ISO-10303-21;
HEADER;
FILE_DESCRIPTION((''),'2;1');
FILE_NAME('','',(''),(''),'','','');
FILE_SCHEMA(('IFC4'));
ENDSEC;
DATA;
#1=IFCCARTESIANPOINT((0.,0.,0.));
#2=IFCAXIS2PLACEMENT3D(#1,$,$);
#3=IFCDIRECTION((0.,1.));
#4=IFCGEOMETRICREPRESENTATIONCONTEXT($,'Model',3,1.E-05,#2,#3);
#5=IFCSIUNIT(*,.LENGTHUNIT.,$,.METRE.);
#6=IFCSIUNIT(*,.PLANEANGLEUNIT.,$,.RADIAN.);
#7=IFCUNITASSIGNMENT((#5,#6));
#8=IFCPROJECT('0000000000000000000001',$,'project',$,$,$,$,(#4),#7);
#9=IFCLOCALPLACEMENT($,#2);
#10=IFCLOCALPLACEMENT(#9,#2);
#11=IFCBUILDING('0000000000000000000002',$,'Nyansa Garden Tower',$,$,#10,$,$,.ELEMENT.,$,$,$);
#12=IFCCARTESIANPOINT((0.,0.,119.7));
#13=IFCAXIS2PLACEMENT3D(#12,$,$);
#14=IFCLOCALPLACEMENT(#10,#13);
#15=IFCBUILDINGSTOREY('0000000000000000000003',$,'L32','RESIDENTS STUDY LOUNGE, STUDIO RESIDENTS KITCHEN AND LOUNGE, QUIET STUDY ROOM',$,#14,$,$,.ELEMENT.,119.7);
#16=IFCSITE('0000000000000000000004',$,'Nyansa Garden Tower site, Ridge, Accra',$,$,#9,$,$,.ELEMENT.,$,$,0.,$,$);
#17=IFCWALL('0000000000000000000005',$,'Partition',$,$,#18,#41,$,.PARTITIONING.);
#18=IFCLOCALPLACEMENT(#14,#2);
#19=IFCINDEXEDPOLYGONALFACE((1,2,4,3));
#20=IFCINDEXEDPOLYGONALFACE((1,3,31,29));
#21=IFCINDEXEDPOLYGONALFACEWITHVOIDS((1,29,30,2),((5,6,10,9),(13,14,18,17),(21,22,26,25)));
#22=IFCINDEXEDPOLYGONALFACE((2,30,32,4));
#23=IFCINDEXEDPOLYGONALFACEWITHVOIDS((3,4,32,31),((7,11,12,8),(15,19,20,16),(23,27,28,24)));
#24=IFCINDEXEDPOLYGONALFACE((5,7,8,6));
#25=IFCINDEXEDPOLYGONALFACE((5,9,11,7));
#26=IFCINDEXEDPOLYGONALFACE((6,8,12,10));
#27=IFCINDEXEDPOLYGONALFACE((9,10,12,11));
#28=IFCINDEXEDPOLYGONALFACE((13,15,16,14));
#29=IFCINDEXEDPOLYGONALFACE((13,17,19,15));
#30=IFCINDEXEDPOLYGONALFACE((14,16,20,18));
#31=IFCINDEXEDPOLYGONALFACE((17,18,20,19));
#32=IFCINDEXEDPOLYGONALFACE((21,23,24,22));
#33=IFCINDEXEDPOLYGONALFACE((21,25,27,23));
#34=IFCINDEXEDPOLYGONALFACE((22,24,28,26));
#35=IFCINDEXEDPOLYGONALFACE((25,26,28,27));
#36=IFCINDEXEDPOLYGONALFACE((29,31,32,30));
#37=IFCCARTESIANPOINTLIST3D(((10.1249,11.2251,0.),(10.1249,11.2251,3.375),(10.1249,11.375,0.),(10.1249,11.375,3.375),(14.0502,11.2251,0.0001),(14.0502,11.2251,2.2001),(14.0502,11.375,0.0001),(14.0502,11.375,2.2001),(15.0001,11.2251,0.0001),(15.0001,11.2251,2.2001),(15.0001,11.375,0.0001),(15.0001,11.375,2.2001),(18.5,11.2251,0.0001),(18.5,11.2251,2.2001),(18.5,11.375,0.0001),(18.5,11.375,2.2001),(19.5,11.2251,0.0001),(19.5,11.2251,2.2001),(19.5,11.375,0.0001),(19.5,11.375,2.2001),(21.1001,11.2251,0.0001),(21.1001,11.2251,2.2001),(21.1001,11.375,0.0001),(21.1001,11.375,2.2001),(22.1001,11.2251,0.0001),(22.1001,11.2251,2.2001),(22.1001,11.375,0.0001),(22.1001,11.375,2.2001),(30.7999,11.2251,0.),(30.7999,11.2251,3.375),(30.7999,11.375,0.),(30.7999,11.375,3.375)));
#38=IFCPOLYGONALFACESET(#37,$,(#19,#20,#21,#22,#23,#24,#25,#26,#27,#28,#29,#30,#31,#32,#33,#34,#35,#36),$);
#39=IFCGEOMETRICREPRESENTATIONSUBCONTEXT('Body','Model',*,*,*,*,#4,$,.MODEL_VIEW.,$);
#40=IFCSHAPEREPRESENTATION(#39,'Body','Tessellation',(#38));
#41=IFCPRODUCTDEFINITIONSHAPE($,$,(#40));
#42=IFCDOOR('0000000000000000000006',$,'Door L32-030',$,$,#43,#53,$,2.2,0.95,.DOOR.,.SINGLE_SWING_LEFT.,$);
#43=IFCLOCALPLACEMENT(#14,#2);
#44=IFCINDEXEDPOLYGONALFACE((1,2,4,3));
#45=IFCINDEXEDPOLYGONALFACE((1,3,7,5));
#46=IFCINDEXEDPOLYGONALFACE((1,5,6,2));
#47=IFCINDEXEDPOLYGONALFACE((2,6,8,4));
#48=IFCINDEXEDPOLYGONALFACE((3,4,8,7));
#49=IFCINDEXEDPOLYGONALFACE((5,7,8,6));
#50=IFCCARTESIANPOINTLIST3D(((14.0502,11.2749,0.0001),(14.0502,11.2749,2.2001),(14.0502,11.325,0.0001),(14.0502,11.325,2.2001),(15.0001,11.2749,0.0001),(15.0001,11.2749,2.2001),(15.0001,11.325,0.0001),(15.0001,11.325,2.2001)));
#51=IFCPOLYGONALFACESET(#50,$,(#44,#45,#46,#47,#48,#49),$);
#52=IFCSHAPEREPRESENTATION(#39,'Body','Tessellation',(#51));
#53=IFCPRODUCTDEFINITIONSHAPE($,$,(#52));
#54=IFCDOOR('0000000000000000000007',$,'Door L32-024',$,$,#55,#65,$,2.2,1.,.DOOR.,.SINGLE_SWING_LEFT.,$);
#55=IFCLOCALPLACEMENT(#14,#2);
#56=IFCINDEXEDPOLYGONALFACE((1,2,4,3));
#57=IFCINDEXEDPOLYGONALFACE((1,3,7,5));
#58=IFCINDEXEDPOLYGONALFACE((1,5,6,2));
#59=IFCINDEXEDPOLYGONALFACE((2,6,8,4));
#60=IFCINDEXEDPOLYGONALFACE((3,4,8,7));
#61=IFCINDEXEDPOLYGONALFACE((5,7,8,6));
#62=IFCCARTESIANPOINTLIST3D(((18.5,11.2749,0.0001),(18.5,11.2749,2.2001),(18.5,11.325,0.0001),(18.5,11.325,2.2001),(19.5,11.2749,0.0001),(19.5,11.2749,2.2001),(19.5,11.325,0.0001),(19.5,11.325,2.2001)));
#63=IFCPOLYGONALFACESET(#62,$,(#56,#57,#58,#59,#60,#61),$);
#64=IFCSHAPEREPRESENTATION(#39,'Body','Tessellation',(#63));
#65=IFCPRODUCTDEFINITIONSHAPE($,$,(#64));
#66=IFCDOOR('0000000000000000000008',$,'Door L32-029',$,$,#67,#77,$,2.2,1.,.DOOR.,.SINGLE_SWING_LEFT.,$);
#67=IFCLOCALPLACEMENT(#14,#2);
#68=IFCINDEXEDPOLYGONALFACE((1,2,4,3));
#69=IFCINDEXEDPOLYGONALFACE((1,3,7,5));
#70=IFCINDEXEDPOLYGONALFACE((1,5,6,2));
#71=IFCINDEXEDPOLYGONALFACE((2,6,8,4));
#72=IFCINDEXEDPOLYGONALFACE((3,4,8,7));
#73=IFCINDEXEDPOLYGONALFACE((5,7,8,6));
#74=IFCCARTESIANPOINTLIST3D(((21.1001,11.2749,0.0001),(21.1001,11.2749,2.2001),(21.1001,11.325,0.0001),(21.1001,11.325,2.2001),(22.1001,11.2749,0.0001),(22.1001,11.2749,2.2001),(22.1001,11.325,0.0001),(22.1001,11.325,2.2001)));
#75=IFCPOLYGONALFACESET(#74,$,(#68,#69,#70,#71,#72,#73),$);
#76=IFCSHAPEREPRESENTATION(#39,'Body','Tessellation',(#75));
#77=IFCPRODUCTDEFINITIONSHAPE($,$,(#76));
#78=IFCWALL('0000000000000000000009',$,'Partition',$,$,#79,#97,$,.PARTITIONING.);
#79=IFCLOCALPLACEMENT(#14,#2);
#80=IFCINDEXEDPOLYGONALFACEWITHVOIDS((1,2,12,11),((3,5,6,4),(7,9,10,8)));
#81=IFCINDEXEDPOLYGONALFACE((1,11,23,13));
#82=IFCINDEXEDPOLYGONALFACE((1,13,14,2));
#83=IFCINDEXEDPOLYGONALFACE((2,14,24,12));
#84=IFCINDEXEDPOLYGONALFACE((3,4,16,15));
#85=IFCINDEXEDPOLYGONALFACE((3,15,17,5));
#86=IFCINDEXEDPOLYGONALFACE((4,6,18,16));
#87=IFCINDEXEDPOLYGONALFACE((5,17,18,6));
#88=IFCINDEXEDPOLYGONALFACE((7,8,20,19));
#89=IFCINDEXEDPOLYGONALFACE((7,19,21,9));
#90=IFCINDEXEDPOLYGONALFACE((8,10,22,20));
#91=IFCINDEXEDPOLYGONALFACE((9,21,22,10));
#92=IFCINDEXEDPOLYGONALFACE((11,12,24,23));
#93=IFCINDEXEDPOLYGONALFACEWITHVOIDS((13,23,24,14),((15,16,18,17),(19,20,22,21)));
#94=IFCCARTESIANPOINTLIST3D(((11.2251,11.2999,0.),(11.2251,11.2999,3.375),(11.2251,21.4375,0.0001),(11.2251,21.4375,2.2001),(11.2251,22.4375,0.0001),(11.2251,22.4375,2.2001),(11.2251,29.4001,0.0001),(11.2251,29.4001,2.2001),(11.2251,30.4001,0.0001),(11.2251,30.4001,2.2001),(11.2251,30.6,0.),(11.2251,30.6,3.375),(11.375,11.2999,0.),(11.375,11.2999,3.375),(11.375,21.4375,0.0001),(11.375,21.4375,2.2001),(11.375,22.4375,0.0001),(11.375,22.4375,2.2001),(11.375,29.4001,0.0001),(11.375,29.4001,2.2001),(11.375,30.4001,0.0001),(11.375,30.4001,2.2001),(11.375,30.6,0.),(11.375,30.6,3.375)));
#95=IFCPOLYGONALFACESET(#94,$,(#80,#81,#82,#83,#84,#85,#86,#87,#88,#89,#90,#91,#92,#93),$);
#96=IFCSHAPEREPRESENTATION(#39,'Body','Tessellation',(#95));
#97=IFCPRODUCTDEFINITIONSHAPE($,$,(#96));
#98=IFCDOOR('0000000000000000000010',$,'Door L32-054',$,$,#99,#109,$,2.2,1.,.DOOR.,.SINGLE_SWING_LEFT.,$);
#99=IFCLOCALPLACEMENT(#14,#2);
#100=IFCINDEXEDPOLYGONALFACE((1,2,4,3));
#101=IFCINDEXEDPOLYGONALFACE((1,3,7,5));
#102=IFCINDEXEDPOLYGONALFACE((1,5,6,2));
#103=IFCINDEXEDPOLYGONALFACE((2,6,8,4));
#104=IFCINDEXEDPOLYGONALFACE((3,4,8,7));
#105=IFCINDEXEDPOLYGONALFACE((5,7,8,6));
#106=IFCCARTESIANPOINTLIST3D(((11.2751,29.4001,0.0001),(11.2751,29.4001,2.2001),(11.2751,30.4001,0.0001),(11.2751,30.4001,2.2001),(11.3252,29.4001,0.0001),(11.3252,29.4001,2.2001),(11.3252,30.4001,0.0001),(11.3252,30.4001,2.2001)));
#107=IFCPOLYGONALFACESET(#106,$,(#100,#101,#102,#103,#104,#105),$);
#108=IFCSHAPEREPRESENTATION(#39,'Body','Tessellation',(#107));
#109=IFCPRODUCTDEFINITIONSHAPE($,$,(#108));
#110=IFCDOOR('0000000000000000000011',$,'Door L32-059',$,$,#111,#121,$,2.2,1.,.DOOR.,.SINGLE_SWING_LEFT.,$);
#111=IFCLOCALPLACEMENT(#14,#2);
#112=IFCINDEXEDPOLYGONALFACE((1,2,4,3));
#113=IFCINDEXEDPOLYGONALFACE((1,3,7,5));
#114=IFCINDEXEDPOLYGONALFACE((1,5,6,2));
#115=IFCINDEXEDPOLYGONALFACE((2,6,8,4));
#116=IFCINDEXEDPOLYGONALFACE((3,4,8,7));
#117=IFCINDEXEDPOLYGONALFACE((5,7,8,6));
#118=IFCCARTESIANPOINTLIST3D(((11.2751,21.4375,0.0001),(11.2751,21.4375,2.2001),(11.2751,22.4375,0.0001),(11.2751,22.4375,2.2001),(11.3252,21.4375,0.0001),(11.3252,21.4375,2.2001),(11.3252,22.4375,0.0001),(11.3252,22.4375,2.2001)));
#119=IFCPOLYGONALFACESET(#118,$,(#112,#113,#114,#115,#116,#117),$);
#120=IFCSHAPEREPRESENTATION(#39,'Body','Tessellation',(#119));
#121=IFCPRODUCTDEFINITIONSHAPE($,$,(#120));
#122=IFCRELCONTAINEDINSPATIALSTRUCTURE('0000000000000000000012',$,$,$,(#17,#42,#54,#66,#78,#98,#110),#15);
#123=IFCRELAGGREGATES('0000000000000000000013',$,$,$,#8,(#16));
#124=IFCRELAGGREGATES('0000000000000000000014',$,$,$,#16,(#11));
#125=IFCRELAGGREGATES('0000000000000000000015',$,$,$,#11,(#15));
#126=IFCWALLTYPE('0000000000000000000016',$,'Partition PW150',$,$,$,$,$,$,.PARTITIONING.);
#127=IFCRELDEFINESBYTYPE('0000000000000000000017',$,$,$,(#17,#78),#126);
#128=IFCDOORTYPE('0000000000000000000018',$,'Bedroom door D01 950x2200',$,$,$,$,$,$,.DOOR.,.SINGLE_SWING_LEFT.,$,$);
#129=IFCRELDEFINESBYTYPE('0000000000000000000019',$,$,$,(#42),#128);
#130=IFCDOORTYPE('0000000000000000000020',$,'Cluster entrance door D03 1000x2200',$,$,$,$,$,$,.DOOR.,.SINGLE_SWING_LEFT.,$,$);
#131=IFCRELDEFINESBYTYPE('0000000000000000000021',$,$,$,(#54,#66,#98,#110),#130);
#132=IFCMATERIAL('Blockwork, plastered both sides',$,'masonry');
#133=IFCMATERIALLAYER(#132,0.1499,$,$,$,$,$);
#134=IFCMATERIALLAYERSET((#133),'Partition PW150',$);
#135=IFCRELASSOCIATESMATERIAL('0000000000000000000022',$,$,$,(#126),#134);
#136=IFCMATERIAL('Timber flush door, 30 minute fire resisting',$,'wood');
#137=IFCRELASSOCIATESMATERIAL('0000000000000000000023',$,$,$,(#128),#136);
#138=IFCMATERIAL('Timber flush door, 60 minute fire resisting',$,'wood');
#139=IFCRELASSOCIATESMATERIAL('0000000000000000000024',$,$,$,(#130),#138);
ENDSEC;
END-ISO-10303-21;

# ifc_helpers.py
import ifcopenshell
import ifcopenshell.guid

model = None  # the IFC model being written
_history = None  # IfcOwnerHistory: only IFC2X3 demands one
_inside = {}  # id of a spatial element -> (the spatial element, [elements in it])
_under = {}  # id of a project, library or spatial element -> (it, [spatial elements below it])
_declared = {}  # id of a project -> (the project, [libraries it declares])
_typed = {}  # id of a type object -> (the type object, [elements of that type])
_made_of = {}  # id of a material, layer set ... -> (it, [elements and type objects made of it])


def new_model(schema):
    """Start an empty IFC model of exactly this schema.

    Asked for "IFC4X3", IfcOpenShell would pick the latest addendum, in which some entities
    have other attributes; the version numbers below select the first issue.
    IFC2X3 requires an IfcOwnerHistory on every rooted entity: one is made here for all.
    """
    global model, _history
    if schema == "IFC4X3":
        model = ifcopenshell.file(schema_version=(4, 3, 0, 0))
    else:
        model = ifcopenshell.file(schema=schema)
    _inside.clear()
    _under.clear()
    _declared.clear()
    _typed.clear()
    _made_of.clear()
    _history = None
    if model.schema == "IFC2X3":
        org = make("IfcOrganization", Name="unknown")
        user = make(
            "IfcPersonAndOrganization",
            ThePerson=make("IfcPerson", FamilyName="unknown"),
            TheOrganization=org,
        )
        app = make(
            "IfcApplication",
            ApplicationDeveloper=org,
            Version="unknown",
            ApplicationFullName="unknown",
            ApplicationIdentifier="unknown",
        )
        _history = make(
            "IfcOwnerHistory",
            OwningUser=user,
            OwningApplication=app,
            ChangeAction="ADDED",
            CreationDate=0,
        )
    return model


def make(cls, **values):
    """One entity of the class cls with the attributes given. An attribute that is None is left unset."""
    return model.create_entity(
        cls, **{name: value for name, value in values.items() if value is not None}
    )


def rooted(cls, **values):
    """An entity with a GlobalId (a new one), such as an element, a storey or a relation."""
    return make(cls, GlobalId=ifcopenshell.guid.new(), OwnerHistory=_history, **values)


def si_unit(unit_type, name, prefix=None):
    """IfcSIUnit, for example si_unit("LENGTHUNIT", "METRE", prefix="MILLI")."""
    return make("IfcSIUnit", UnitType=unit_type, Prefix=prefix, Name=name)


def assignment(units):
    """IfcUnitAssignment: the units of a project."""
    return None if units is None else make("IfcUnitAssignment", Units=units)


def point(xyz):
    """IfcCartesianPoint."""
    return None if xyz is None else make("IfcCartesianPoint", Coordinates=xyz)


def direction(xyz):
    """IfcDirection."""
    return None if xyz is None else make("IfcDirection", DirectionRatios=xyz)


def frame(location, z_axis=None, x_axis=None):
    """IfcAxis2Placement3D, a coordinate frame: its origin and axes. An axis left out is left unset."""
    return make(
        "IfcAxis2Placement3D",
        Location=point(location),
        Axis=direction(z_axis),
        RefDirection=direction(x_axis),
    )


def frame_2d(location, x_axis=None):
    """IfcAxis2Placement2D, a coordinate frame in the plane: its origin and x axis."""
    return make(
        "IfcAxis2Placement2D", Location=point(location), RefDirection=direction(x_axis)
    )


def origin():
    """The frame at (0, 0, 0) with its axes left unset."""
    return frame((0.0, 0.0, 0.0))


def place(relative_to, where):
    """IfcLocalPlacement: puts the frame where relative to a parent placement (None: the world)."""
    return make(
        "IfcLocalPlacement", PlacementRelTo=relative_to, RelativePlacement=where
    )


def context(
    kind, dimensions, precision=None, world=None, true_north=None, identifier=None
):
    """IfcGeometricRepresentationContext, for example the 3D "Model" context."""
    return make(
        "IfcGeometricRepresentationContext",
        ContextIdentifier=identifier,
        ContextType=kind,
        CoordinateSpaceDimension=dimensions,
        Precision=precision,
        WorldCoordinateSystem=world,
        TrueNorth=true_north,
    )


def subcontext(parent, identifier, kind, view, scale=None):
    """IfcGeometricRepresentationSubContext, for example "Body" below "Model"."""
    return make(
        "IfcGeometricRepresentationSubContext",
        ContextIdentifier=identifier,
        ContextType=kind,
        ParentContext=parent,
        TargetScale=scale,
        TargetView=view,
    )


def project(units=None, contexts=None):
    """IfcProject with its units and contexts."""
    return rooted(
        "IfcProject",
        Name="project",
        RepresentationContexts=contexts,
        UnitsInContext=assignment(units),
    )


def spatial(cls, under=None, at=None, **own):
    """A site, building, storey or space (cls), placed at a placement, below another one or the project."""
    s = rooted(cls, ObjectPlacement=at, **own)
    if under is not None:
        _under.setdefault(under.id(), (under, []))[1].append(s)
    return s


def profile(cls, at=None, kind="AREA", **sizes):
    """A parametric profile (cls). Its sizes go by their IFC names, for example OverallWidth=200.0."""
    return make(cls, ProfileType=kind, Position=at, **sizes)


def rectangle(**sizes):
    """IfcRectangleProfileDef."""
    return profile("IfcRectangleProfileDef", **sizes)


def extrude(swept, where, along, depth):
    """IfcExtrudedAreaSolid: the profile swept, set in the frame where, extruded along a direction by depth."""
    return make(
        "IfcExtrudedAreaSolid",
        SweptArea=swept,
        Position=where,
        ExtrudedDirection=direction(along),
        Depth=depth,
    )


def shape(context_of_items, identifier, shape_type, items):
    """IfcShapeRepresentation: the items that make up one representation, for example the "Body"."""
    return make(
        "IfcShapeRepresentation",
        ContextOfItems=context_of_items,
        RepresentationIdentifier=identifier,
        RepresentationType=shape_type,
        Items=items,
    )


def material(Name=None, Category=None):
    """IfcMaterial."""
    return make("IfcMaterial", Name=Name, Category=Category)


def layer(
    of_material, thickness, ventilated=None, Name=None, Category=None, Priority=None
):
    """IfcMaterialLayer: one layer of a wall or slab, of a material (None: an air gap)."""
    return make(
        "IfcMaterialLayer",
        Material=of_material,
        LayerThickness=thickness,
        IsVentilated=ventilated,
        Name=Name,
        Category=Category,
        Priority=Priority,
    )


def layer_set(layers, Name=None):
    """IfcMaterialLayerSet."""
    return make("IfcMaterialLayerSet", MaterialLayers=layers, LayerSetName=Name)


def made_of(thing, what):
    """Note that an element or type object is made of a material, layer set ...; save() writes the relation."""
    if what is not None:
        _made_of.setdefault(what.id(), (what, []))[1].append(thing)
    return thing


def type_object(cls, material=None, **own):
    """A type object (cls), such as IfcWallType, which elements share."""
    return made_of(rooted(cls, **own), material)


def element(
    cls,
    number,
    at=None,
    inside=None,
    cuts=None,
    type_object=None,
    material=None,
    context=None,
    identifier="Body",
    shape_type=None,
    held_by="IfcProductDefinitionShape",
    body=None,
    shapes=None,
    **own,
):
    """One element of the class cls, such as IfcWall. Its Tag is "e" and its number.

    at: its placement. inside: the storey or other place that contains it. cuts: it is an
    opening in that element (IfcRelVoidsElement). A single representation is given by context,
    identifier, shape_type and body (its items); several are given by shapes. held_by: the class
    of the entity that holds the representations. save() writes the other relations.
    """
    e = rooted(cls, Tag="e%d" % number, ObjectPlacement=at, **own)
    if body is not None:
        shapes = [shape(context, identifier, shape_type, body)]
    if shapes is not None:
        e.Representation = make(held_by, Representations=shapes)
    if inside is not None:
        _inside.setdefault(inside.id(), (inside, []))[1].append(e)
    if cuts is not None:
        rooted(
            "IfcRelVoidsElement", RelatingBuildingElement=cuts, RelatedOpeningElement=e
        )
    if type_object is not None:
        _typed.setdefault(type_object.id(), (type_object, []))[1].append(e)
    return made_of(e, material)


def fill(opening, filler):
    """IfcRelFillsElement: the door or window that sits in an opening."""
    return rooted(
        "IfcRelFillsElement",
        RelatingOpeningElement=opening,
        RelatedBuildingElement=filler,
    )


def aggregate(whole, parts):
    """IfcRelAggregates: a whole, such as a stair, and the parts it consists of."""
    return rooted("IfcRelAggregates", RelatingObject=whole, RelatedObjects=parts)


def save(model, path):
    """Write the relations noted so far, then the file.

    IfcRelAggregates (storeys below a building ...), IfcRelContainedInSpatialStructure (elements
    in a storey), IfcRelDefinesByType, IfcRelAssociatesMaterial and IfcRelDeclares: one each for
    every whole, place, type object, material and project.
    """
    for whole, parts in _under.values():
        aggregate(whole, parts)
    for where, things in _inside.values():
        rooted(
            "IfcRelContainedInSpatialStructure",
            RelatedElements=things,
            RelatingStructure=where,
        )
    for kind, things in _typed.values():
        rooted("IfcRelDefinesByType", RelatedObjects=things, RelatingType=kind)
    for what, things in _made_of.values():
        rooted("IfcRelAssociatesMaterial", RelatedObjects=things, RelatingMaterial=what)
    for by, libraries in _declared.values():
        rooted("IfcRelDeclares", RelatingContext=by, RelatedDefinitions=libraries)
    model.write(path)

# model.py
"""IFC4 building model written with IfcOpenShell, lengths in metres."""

from ifc_helpers import new_model, si_unit, direction, frame, frame_2d, origin, place, context, subcontext, project, spatial, rectangle, extrude, material, layer, layer_set, type_object, element, fill, save


model = new_model("IFC4")

# Units and contexts
model_context = context("Model", 3, precision=1e-05, world=origin(), true_north=direction((0.0, 1.0)))
body_context = subcontext(model_context, "Body", "Model", "MODEL_VIEW")
ifc_project = project(units=[si_unit("LENGTHUNIT", "METRE"), si_unit("PLANEANGLEUNIT", "RADIAN")], contexts=[model_context])

# Site, building, storey
site_placement = place(None, origin())
site = spatial("IfcSite", under=ifc_project, at=site_placement, Name="Nyansa Garden Tower site, Ridge, Accra", CompositionType="ELEMENT", RefElevation=0.0)
building_placement = place(site_placement, origin())
building = spatial("IfcBuilding", under=site, at=building_placement, Name="Nyansa Garden Tower", CompositionType="ELEMENT")
storey_placement = place(building_placement, frame((0.0, 0.0, 119.7)))
storey = spatial("IfcBuildingStorey", under=building, at=storey_placement, Name="L32", Description="RESIDENTS STUDY LOUNGE, STUDIO RESIDENTS KITCHEN AND LOUNGE, QUIET STUDY ROOM", CompositionType="ELEMENT", Elevation=119.7)

# Shared definitions
ifc_material_1 = material(Name="Blockwork, plastered both sides", Category="masonry")
ifc_layer_1 = layer(ifc_material_1, 0.1499)
ifc_layer_set_1 = layer_set([ifc_layer_1], Name="Partition PW150")
wall_type_1 = type_object("IfcWallType", Name="Partition PW150", PredefinedType="PARTITIONING", material=ifc_layer_set_1)

# Walls, openings, doors
wall_1_placement = place(storey_placement, frame((10.125, 11.3, 0.0), z_axis=(0.0, 0.0, 1.0), x_axis=(1.0, 0.0, 0.0)))
wall_1 = element("IfcWall", 1, at=wall_1_placement, inside=storey, type_object=wall_type_1, Name="Partition", PredefinedType="PARTITIONING", context=body_context, shape_type="SweptSolid", body=[
    extrude(rectangle(XDim=20.675, YDim=0.1499, at=frame_2d((10.3374, 0.0))), origin(), (0.0, 0.0, 1.0), 3.375),
])
opening_1_placement = place(wall_1_placement, frame((8.375, 0.0, 0.0)))
opening_1 = element("IfcOpeningElement", 2, at=opening_1_placement, cuts=wall_1, PredefinedType="OPENING", context=body_context, shape_type="SweptSolid", body=[
    extrude(rectangle(XDim=1.0, YDim=2.2, at=frame_2d((0.5, 1.1001))), frame((0.0, 0.085, 0.0), z_axis=(0.0, -1.0, 0.0), x_axis=(1.0, 0.0, 0.0)), (0.0, 0.0, 1.0), 0.1699),
])
opening_2_placement = place(wall_1_placement, frame((10.9751, 0.0, 0.0)))
opening_2 = element("IfcOpeningElement", 3, at=opening_2_placement, cuts=wall_1, PredefinedType="OPENING", context=body_context, shape_type="SweptSolid", body=[
    extrude(rectangle(XDim=1.0, YDim=2.2, at=frame_2d((0.5, 1.1001))), frame((0.0, 0.085, 0.0), z_axis=(0.0, -1.0, 0.0), x_axis=(1.0, 0.0, 0.0)), (0.0, 0.0, 1.0), 0.1699),
])
opening_3_placement = place(wall_1_placement, frame((3.925, 0.0, 0.0)))
opening_3 = element("IfcOpeningElement", 4, at=opening_3_placement, cuts=wall_1, PredefinedType="OPENING", context=body_context, shape_type="SweptSolid", body=[
    extrude(rectangle(XDim=0.95, YDim=2.2, at=frame_2d((0.4751, 1.1001))), frame((0.0, 0.085, 0.0), z_axis=(0.0, -1.0, 0.0), x_axis=(1.0, 0.0, 0.0)), (0.0, 0.0, 1.0), 0.1699),
])
ifc_material_2 = material(Name="Timber flush door, 30 minute fire resisting", Category="wood")
door_type_1 = type_object("IfcDoorType", Name="Bedroom door D01 950x2200", OperationType="SINGLE_SWING_LEFT", PredefinedType="DOOR", material=ifc_material_2)
door_1_placement = place(opening_3_placement, origin())
door_1 = element("IfcDoor", 5, at=door_1_placement, inside=storey, type_object=door_type_1, Name="Door L32-030", OperationType="SINGLE_SWING_LEFT", OverallHeight=2.2, OverallWidth=0.95, PredefinedType="DOOR", context=body_context, shape_type="SweptSolid", body=[
    extrude(rectangle(XDim=0.95, YDim=2.2, at=frame_2d((0.4751, 1.1001))), frame((0.0, 0.0249, 0.0), z_axis=(0.0, -1.0, 0.0), x_axis=(1.0, 0.0, 0.0)), (0.0, 0.0, 1.0), 0.05),
])
fill(opening_3, door_1)
ifc_material_3 = material(Name="Timber flush door, 60 minute fire resisting", Category="wood")
door_type_2 = type_object("IfcDoorType", Name="Cluster entrance door D03 1000x2200", OperationType="SINGLE_SWING_LEFT", PredefinedType="DOOR", material=ifc_material_3)
door_2_placement = place(opening_1_placement, origin())
door_2 = element("IfcDoor", 6, at=door_2_placement, inside=storey, type_object=door_type_2, Name="Door L32-024", OperationType="SINGLE_SWING_LEFT", OverallHeight=2.2, OverallWidth=1.0, PredefinedType="DOOR", context=body_context, shape_type="SweptSolid", body=[
    extrude(rectangle(XDim=1.0, YDim=2.2, at=frame_2d((0.5, 1.1001))), frame((0.0, 0.0249, 0.0), z_axis=(0.0, -1.0, 0.0), x_axis=(1.0, 0.0, 0.0)), (0.0, 0.0, 1.0), 0.05),
])
fill(opening_1, door_2)
door_3_placement = place(opening_2_placement, origin())
door_3 = element("IfcDoor", 7, at=door_3_placement, inside=storey, type_object=door_type_2, Name="Door L32-029", OperationType="SINGLE_SWING_LEFT", OverallHeight=2.2, OverallWidth=1.0, PredefinedType="DOOR", context=body_context, shape_type="SweptSolid", body=[
    extrude(rectangle(XDim=1.0, YDim=2.2, at=frame_2d((0.5, 1.1001))), frame((0.0, 0.0249, 0.0), z_axis=(0.0, -1.0, 0.0), x_axis=(1.0, 0.0, 0.0)), (0.0, 0.0, 1.0), 0.05),
])
fill(opening_2, door_3)
wall_2_placement = place(storey_placement, frame((11.3, 11.3, 0.0), z_axis=(0.0, 0.0, 1.0), x_axis=(0.0, 1.0, 0.0)))
wall_2 = element("IfcWall", 8, at=wall_2_placement, inside=storey, type_object=wall_type_1, Name="Partition", PredefinedType="PARTITIONING", context=body_context, shape_type="SweptSolid", body=[
    extrude(rectangle(XDim=19.3, YDim=0.1499, at=frame_2d((9.6499, 0.0))), origin(), (0.0, 0.0, 1.0), 3.375),
])
opening_4_placement = place(wall_2_placement, frame((18.1001, 0.0, 0.0)))
opening_4 = element("IfcOpeningElement", 9, at=opening_4_placement, cuts=wall_2, PredefinedType="OPENING", context=body_context, shape_type="SweptSolid", body=[
    extrude(rectangle(XDim=1.0, YDim=2.2, at=frame_2d((0.5, 1.1001))), frame((0.0, 0.085, 0.0), z_axis=(0.0, -1.0, 0.0), x_axis=(1.0, 0.0, 0.0)), (0.0, 0.0, 1.0), 0.1699),
])
opening_5_placement = place(wall_2_placement, frame((10.1375, 0.0, 0.0)))
opening_5 = element("IfcOpeningElement", 10, at=opening_5_placement, cuts=wall_2, PredefinedType="OPENING", context=body_context, shape_type="SweptSolid", body=[
    extrude(rectangle(XDim=1.0, YDim=2.2, at=frame_2d((0.5, 1.1001))), frame((0.0, 0.085, 0.0), z_axis=(0.0, -1.0, 0.0), x_axis=(1.0, 0.0, 0.0)), (0.0, 0.0, 1.0), 0.1699),
])
door_4_placement = place(opening_4_placement, origin())
door_4 = element("IfcDoor", 11, at=door_4_placement, inside=storey, type_object=door_type_2, Name="Door L32-054", OperationType="SINGLE_SWING_LEFT", OverallHeight=2.2, OverallWidth=1.0, PredefinedType="DOOR", context=body_context, shape_type="SweptSolid", body=[
    extrude(rectangle(XDim=1.0, YDim=2.2, at=frame_2d((0.5, 1.1001))), frame((0.0, 0.0249, 0.0), z_axis=(0.0, -1.0, 0.0), x_axis=(1.0, 0.0, 0.0)), (0.0, 0.0, 1.0), 0.05),
])
fill(opening_4, door_4)
door_5_placement = place(opening_5_placement, origin())
door_5 = element("IfcDoor", 12, at=door_5_placement, inside=storey, type_object=door_type_2, Name="Door L32-059", OperationType="SINGLE_SWING_LEFT", OverallHeight=2.2, OverallWidth=1.0, PredefinedType="DOOR", context=body_context, shape_type="SweptSolid", body=[
    extrude(rectangle(XDim=1.0, YDim=2.2, at=frame_2d((0.5, 1.1001))), frame((0.0, 0.0249, 0.0), z_axis=(0.0, -1.0, 0.0), x_axis=(1.0, 0.0, 0.0)), (0.0, 0.0, 1.0), 0.05),
])
fill(opening_5, door_5)

save(model, "model.ifc")
